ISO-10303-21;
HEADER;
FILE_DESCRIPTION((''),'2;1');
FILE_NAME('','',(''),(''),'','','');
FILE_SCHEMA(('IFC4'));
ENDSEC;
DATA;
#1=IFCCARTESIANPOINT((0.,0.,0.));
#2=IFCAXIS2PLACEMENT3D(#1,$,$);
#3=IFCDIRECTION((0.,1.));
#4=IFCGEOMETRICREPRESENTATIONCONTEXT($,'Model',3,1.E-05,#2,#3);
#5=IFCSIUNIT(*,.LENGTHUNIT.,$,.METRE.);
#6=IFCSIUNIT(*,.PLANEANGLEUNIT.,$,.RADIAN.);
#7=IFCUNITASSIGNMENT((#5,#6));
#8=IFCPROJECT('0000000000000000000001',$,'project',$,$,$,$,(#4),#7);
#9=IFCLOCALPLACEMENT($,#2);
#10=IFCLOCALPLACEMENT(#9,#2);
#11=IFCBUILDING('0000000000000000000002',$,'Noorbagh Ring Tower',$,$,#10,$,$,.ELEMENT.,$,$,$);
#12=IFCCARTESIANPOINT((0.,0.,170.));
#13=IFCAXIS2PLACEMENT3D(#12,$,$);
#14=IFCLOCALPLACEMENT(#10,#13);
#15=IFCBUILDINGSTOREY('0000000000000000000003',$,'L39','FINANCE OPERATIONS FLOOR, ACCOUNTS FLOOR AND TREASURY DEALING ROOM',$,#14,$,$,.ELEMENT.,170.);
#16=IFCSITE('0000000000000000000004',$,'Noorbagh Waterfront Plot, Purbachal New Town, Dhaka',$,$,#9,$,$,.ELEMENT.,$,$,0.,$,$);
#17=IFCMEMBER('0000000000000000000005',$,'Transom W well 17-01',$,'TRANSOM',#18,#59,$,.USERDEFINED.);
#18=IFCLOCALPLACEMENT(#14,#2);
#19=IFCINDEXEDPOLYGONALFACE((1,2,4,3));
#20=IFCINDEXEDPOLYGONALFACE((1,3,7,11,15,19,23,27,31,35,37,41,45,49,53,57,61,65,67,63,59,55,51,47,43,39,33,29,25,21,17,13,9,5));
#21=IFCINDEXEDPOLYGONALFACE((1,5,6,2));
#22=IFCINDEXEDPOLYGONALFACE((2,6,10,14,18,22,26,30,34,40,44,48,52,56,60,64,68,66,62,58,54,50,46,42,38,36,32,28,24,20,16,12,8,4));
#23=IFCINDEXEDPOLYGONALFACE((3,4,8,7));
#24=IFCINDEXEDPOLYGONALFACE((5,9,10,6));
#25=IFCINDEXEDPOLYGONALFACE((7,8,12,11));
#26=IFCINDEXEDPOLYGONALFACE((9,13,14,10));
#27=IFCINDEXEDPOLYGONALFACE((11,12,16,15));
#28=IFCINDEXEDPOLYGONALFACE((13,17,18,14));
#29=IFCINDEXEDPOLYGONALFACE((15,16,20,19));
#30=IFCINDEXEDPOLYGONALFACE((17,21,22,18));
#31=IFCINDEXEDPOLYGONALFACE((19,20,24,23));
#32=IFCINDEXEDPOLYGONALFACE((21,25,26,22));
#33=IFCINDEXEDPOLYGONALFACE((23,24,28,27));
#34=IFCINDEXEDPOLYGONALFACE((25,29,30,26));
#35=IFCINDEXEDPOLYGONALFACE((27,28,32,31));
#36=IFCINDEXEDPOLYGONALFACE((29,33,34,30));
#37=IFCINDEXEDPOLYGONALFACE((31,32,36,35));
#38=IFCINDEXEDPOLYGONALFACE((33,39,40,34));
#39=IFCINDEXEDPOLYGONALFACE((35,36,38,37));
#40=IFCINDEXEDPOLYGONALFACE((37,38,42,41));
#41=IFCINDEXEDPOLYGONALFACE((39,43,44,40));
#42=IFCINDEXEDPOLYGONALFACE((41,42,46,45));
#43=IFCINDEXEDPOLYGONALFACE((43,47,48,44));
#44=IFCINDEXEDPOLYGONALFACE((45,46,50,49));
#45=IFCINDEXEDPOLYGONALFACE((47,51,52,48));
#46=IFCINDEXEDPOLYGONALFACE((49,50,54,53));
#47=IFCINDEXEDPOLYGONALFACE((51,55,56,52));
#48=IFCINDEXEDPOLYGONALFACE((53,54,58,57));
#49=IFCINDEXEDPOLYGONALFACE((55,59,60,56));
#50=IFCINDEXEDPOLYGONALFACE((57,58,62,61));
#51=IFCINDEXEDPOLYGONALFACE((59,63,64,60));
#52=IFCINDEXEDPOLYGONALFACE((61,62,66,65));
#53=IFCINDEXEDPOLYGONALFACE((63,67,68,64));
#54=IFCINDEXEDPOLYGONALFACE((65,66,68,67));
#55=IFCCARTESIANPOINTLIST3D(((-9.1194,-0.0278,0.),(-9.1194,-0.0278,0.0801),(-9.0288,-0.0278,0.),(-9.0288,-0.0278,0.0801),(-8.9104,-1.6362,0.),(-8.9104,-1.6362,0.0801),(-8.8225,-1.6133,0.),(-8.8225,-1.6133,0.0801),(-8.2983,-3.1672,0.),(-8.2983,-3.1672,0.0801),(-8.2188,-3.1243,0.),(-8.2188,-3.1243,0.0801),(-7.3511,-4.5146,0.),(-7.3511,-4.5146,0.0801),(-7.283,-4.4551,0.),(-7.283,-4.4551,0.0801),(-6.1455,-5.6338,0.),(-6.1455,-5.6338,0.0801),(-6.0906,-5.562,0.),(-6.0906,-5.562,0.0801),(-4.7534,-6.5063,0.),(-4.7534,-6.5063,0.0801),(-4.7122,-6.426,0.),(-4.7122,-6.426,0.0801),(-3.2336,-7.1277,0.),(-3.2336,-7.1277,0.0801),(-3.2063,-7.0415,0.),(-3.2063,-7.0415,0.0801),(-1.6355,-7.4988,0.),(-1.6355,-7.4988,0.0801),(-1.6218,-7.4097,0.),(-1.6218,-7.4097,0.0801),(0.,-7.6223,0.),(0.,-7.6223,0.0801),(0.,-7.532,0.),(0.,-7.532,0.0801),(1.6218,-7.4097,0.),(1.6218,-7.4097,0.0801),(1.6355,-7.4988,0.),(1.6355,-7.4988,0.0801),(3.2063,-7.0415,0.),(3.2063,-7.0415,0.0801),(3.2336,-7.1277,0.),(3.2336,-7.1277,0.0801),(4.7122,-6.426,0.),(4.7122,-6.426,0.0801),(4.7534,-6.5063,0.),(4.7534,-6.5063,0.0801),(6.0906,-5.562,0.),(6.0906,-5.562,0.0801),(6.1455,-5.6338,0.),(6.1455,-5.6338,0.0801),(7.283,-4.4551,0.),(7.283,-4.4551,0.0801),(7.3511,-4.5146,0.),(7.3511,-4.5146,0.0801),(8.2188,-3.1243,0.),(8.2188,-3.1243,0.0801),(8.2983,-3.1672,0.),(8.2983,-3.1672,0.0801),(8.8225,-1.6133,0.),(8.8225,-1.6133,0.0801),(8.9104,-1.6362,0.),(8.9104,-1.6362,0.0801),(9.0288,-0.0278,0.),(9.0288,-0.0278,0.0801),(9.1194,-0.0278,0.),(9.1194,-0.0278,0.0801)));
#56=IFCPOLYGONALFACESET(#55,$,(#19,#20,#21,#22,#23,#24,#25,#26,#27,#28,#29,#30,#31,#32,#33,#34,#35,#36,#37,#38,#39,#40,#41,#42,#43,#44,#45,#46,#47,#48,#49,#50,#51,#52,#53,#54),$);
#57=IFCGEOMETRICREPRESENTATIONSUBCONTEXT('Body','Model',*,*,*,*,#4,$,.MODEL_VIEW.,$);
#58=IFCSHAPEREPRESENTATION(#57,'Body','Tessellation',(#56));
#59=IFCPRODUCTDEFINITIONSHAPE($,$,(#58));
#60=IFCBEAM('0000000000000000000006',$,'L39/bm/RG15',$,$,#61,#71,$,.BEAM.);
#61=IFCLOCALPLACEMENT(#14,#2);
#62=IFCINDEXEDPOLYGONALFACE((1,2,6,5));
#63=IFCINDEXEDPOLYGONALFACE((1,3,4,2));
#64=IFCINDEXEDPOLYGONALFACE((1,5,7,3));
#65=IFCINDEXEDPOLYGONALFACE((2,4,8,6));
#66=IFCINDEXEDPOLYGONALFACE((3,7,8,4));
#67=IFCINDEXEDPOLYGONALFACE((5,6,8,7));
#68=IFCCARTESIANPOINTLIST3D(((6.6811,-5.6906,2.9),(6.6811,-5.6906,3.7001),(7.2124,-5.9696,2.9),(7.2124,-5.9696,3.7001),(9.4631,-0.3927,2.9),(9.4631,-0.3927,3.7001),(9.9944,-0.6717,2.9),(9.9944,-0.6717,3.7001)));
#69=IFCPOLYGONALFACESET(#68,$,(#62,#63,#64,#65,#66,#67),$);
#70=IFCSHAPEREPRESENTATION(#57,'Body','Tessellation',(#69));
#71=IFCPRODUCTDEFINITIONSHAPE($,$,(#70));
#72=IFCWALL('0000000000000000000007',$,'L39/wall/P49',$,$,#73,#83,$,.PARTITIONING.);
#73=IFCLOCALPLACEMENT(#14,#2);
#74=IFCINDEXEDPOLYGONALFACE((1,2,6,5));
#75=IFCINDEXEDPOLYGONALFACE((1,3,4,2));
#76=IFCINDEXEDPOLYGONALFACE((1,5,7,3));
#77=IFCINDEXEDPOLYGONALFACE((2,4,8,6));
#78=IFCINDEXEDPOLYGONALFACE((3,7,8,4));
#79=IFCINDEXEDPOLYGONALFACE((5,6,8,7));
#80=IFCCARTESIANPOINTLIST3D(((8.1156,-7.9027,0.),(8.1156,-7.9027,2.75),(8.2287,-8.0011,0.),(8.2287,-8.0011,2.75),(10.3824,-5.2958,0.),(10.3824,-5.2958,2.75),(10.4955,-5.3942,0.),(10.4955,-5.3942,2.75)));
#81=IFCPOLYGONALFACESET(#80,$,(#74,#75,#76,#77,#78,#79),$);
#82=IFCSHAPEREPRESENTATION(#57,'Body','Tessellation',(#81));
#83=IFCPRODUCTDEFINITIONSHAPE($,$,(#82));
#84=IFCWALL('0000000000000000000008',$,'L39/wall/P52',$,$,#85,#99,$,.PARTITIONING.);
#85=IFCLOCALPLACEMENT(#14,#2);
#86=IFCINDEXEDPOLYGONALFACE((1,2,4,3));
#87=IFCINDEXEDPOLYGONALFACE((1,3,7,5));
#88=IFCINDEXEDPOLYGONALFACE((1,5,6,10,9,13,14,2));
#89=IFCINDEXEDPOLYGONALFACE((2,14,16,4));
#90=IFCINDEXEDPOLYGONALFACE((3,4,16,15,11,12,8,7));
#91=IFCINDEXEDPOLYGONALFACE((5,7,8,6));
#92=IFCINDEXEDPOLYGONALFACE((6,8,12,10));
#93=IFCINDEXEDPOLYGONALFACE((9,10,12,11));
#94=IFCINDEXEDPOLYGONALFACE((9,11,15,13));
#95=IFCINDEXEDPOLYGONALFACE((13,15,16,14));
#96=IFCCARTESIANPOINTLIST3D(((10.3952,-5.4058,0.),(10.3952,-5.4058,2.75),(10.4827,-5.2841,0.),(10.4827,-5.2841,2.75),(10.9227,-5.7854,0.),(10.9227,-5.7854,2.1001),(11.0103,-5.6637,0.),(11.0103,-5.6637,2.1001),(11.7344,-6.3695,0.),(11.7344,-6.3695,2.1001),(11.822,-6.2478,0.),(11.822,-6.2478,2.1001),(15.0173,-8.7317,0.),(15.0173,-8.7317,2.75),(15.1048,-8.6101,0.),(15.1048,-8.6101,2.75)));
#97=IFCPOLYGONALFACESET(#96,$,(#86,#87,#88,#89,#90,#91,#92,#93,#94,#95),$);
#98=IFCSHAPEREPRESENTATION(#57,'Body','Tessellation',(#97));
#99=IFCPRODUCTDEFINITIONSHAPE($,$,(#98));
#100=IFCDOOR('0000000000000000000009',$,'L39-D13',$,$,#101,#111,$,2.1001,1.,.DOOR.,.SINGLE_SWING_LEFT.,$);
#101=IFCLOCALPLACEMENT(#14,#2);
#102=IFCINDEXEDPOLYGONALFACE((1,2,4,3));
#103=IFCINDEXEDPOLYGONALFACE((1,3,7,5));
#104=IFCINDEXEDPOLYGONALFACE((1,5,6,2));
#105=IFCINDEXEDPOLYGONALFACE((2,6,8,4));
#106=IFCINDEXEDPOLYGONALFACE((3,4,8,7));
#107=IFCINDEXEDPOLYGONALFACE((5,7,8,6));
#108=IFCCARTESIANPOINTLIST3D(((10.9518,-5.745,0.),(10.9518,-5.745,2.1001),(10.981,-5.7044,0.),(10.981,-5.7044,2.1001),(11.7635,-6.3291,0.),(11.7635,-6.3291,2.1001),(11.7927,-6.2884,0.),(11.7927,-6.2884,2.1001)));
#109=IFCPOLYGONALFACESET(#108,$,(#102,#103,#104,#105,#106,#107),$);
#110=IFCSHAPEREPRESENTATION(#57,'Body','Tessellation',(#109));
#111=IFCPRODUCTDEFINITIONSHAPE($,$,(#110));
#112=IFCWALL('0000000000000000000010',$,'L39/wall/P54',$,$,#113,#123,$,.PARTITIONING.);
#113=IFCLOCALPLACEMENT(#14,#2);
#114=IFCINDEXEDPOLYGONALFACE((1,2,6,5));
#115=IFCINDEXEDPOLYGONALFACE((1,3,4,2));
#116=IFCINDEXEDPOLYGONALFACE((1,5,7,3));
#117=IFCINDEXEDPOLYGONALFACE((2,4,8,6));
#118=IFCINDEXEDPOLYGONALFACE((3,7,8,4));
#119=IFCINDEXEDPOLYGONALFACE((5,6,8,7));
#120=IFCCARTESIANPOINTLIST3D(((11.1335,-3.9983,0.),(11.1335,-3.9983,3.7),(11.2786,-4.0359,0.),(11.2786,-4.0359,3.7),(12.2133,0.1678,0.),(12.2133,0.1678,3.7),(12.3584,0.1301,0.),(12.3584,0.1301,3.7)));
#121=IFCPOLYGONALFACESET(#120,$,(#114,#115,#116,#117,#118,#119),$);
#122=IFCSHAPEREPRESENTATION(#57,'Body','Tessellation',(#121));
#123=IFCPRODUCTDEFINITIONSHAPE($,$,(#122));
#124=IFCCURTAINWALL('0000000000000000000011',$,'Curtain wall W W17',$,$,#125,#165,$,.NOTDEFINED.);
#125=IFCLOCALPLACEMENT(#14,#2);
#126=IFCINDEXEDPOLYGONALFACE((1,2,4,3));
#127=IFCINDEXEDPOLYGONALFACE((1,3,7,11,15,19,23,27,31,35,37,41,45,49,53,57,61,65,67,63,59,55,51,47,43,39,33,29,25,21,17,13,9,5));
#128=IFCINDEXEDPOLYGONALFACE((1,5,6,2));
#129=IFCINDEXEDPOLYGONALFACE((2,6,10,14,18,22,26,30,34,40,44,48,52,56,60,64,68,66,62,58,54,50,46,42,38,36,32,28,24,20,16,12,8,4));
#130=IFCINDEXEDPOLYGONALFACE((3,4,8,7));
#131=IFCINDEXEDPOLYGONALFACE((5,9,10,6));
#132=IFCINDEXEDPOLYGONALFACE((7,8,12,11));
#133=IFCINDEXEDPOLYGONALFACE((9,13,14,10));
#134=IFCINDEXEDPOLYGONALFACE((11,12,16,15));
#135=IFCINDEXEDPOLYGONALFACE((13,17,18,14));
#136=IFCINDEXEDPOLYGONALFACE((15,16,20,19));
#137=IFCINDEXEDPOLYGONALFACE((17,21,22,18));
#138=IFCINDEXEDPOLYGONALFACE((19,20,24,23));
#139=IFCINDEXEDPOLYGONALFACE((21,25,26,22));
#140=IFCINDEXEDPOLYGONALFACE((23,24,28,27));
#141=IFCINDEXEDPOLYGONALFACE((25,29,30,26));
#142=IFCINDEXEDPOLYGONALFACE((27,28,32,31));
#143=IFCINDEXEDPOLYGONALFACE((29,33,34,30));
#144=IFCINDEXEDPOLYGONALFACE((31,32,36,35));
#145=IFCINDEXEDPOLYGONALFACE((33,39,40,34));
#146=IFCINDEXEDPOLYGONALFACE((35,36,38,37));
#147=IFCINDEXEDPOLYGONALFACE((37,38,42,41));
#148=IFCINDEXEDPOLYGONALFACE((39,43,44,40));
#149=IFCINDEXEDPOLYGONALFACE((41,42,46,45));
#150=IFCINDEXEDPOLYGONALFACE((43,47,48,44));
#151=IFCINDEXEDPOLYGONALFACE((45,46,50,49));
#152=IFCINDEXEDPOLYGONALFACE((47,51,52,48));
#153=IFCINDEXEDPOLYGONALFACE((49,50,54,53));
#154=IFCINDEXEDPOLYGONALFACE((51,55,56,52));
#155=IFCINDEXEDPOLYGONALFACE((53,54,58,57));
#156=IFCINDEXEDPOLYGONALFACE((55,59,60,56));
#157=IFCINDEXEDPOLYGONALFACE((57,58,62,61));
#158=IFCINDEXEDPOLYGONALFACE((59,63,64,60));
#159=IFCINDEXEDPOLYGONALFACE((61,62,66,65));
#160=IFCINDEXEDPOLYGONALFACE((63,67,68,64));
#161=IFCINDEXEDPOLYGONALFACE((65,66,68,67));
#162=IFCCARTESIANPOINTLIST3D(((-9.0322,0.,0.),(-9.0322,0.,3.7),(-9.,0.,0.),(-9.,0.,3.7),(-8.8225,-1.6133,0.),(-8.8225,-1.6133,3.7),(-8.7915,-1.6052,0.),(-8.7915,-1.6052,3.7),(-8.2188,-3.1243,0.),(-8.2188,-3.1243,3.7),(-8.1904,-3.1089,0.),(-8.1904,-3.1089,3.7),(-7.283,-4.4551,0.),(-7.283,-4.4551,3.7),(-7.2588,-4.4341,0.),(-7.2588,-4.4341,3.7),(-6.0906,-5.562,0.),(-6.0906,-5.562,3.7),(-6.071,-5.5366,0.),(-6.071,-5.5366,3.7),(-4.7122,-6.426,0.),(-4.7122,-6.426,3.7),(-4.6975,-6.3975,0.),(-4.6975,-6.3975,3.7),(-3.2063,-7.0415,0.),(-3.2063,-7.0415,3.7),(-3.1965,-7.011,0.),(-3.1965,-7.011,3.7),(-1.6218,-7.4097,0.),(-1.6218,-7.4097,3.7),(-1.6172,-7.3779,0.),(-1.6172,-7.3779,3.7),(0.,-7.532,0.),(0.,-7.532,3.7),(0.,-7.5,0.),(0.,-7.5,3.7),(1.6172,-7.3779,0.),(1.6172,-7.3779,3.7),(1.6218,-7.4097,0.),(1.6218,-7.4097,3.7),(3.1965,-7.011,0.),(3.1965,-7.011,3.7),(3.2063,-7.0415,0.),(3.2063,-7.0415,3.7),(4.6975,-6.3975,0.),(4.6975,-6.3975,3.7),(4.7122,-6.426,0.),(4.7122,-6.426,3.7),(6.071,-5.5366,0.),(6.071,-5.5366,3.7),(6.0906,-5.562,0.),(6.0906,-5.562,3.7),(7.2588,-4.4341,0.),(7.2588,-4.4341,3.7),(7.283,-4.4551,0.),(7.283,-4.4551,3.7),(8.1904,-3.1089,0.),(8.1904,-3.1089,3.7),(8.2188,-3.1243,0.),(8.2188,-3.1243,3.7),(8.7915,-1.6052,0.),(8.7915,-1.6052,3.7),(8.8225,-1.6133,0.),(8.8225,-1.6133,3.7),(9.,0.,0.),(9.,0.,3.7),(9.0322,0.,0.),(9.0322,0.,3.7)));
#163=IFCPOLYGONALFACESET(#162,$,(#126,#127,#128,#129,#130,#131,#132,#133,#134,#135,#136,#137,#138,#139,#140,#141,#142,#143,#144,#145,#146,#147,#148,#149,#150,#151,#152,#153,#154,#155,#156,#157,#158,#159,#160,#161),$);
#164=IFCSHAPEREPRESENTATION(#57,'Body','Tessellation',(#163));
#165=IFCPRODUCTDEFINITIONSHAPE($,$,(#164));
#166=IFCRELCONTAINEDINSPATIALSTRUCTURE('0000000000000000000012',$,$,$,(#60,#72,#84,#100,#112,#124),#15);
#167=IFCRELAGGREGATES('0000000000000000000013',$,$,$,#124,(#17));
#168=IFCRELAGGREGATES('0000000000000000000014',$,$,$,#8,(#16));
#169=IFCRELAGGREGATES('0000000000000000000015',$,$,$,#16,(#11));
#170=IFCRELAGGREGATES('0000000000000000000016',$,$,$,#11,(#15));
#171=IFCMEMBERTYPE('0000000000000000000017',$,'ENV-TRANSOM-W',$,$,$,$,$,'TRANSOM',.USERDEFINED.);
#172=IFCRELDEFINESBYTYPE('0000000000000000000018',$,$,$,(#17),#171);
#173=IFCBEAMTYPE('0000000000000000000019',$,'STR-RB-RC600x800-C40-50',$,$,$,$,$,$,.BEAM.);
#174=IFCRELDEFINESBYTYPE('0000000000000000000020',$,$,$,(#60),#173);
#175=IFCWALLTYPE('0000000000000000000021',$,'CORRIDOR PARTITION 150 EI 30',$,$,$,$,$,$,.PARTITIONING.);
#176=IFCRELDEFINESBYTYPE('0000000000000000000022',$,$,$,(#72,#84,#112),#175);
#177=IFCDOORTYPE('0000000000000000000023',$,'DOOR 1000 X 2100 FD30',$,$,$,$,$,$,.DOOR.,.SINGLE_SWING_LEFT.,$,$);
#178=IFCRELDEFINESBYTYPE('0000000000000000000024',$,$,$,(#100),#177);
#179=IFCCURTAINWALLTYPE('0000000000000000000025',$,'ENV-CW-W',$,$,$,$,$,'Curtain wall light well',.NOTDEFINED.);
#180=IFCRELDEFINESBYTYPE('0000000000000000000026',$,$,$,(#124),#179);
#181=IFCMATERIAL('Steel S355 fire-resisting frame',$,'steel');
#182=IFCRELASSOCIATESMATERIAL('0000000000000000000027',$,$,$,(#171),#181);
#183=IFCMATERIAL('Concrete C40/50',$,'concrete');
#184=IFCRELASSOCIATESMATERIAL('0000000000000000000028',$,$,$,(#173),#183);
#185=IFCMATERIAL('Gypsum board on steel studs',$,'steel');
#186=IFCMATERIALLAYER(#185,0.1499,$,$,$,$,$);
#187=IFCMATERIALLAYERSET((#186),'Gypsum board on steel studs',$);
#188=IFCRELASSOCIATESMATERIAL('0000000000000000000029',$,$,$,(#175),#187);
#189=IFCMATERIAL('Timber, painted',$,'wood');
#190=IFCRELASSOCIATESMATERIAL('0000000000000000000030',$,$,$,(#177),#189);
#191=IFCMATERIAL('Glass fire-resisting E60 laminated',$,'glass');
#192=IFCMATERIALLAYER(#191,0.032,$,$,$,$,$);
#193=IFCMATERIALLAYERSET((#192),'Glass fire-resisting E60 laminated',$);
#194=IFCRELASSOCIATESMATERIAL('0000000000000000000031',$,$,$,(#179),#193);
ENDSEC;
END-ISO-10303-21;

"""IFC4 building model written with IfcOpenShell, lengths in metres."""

from ifc_helpers import new_model, si_unit, direction, frame, frame_2d, origin, origin_2d, place, context, subcontext, project, spatial, polyline, rectangle, outline, extrude, material, layer, layer_set, material_profile, profile_set, type_object, element, fill, aggregate, save


model = new_model("IFC4")

# Units and contexts
model_context = context("Model", 3, precision=1e-05, world=origin(), true_north=direction((0.0, 1.0)))
body_context = subcontext(model_context, "Body", "Model", "MODEL_VIEW")
ifc_project = project(units=[si_unit("LENGTHUNIT", "METRE"), si_unit("PLANEANGLEUNIT", "RADIAN")], contexts=[model_context])

# Site, building, storey
site_placement = place(None, origin())
site = spatial("IfcSite", under=ifc_project, at=site_placement, Name="Noorbagh Waterfront Plot, Purbachal New Town, Dhaka", CompositionType="ELEMENT", RefElevation=0.0)
building_placement = place(site_placement, origin())
building = spatial("IfcBuilding", under=site, at=building_placement, Name="Noorbagh Ring Tower", CompositionType="ELEMENT")
storey_placement = place(building_placement, frame((0.0, 0.0, 170.0)))
storey = spatial("IfcBuildingStorey", under=building, at=storey_placement, Name="L39", Description="FINANCE OPERATIONS FLOOR, ACCOUNTS FLOOR AND TREASURY DEALING ROOM", CompositionType="ELEMENT", Elevation=170.0)

# Member
ifc_material_1 = material(Name="Steel S355 fire-resisting frame", Category="steel")
member_type_1 = type_object("IfcMemberType", Name="ENV-TRANSOM-W", ElementType="TRANSOM", PredefinedType="USERDEFINED", material=ifc_material_1)
member_1_placement = place(storey_placement, origin())
member_1 = element("IfcMember", 1, at=member_1_placement, type_object=member_type_1, Name="Transom W well 17-01", ObjectType="TRANSOM", PredefinedType="USERDEFINED", context=body_context, shape_type="SweptSolid", body=[
    extrude(outline(polyline([(-9.1194, -0.0278), (-8.9104, -1.6362), (-8.2983, -3.1672), (-7.3511, -4.5146), (-6.1455, -5.6338), (-4.7534, -6.5063), (-3.2336, -7.1277), (-1.6355, -7.4988), (0.0, -7.6223), (1.6355, -7.4988), (3.2336, -7.1277), (4.7534, -6.5063), (6.1455, -5.6338), (7.3511, -4.5146), (8.2983, -3.1672), (8.9104, -1.6362), (9.1194, -0.0278), (9.0288, -0.0278), (8.8225, -1.6133), (8.2188, -3.1243), (7.283, -4.4551), (6.0906, -5.562), (4.7122, -6.426), (3.2063, -7.0415), (1.6218, -7.4097), (0.0, -7.532), (-1.6218, -7.4097), (-3.2063, -7.0415), (-4.7122, -6.426), (-6.0906, -5.562), (-7.283, -4.4551), (-8.2188, -3.1243), (-8.8225, -1.6133), (-9.0288, -0.0278), (-9.1194, -0.0278)])), origin(), (0.0, 0.0, 1.0), 0.0801),
])

# Beam
ifc_material_2 = material(Name="Concrete C40/50", Category="concrete")
ifc_material_profile_1 = material_profile(ifc_material_2, rectangle(XDim=0.6001, YDim=0.8, at=origin_2d()), Name="RC600x800")
ifc_profile_set_1 = profile_set([ifc_material_profile_1], Name="Concrete C40/50")
beam_type = type_object("IfcBeamType", Name="STR-RB-RC600x800-C40-50", PredefinedType="BEAM", material=ifc_profile_set_1)
beam_placement = place(storey_placement, frame((6.9468, -5.8301, 3.3), z_axis=(0.464914, 0.885356, 0.0), x_axis=(-0.885356, 0.464914, 0.0)))
element("IfcBeam", 2, at=beam_placement, inside=storey, type_object=beam_type, Name="L39/bm/RG15", PredefinedType="BEAM", context=body_context, shape_type="SweptSolid", body=[
    extrude(rectangle(XDim=0.6001, YDim=0.8, at=origin_2d()), origin(), (0.0, 0.0, 1.0), 5.9839),
])

# Wall
ifc_material_3 = material(Name="Gypsum board on steel studs", Category="steel")
ifc_layer_1 = layer(ifc_material_3, 0.1499)
ifc_layer_set_1 = layer_set([ifc_layer_1], Name="Gypsum board on steel studs")
wall_type = type_object("IfcWallType", Name="CORRIDOR PARTITION 150 EI 30", PredefinedType="PARTITIONING", material=ifc_layer_set_1)
wall_1_placement = place(storey_placement, frame((8.1721, -7.9519, 0.0), z_axis=(0.0, 0.0, 1.0), x_axis=(0.65617, 0.754613, 0.0)))
element("IfcWall", 3, at=wall_1_placement, inside=storey, type_object=wall_type, Name="L39/wall/P49", PredefinedType="PARTITIONING", context=body_context, shape_type="SweptSolid", body=[
    extrude(rectangle(XDim=3.4546, YDim=0.1499, at=frame_2d((1.7273, 0.0))), origin(), (0.0, 0.0, 1.0), 2.75),
])

# Wall, opening, door
wall_2_placement = place(storey_placement, frame((10.439, -5.345, 0.0), z_axis=(0.0, 0.0, 1.0), x_axis=(0.811698, -0.584078, 0.0)))
wall_2 = element("IfcWall", 4, at=wall_2_placement, inside=storey, type_object=wall_type, Name="L39/wall/P52", PredefinedType="PARTITIONING", context=body_context, shape_type="SweptSolid", body=[
    extrude(rectangle(XDim=5.6943, YDim=0.1499, at=frame_2d((2.8472, 0.0))), origin(), (0.0, 0.0, 1.0), 2.75),
])
opening_1_placement = place(wall_2_placement, frame((0.6499, 0.0, 0.0)))
opening_1 = element("IfcOpeningElement", 5, at=opening_1_placement, cuts=wall_2, PredefinedType="OPENING", context=body_context, shape_type="SweptSolid", body=[
    extrude(rectangle(XDim=1.0, YDim=2.1001, at=frame_2d((0.5, 1.05))), frame((0.0, 0.085, 0.0), z_axis=(0.0, -1.0, 0.0), x_axis=(1.0, 0.0, 0.0)), (0.0, 0.0, 1.0), 0.1699),
])
ifc_material_4 = material(Name="Timber, painted", Category="wood")
door_type = type_object("IfcDoorType", Name="DOOR 1000 X 2100 FD30", OperationType="SINGLE_SWING_LEFT", PredefinedType="DOOR", material=ifc_material_4)
door_1_placement = place(opening_1_placement, origin())
door_1 = element("IfcDoor", 6, at=door_1_placement, inside=storey, type_object=door_type, Name="L39-D13", OperationType="SINGLE_SWING_LEFT", OverallHeight=2.1001, OverallWidth=1.0, PredefinedType="DOOR", context=body_context, shape_type="SweptSolid", body=[
    extrude(rectangle(XDim=1.0, YDim=2.1001, at=frame_2d((0.5, 1.05))), frame((0.0, 0.0249, 0.0), z_axis=(0.0, -1.0, 0.0), x_axis=(1.0, 0.0, 0.0)), (0.0, 0.0, 1.0), 0.05),
])
fill(opening_1, door_1)

# Wall
wall_3_placement = place(storey_placement, frame((11.2061, -4.0171, 0.0), z_axis=(0.0, 0.0, 1.0), x_axis=(0.250909, 0.968011, 0.0)))
element("IfcWall", 7, at=wall_3_placement, inside=storey, type_object=wall_type, Name="L39/wall/P54", PredefinedType="PARTITIONING", context=body_context, shape_type="SweptSolid", body=[
    extrude(rectangle(XDim=4.3037, YDim=0.1499, at=frame_2d((2.1519, 0.0))), origin(), (0.0, 0.0, 1.0), 3.7),
])

# Curtain wall
ifc_material_5 = material(Name="Glass fire-resisting E60 laminated", Category="glass")
ifc_layer_2 = layer(ifc_material_5, 0.032)
ifc_layer_set_2 = layer_set([ifc_layer_2], Name="Glass fire-resisting E60 laminated")
curtain_wall_type = type_object("IfcCurtainWallType", Name="ENV-CW-W", ElementType="Curtain wall light well", PredefinedType="NOTDEFINED", material=ifc_layer_set_2)
curtain_wall_1_placement = place(storey_placement, origin())
curtain_wall_1 = element("IfcCurtainWall", 8, at=curtain_wall_1_placement, inside=storey, type_object=curtain_wall_type, Name="Curtain wall W W17", PredefinedType="NOTDEFINED", context=body_context, shape_type="SweptSolid", body=[
    extrude(outline(polyline([(-9.0322, 0.0), (-8.8225, -1.6133), (-8.2188, -3.1243), (-7.283, -4.4551), (-6.0906, -5.562), (-4.7122, -6.426), (-3.2063, -7.0415), (-1.6218, -7.4097), (0.0, -7.532), (1.6218, -7.4097), (3.2063, -7.0415), (4.7122, -6.426), (6.0906, -5.562), (7.283, -4.4551), (8.2188, -3.1243), (8.8225, -1.6133), (9.0322, 0.0), (9.0, 0.0), (8.7915, -1.6052), (8.1904, -3.1089), (7.2588, -4.4341), (6.071, -5.5366), (4.6975, -6.3975), (3.1965, -7.011), (1.6172, -7.3779), (0.0, -7.5), (-1.6172, -7.3779), (-3.1965, -7.011), (-4.6975, -6.3975), (-6.071, -5.5366), (-7.2588, -4.4341), (-8.1904, -3.1089), (-8.7915, -1.6052), (-9.0, 0.0), (-9.0322, 0.0)])), origin(), (0.0, 0.0, 1.0), 3.7),
])
aggregate(curtain_wall_1, [member_1])

save(model, "model.ifc")
